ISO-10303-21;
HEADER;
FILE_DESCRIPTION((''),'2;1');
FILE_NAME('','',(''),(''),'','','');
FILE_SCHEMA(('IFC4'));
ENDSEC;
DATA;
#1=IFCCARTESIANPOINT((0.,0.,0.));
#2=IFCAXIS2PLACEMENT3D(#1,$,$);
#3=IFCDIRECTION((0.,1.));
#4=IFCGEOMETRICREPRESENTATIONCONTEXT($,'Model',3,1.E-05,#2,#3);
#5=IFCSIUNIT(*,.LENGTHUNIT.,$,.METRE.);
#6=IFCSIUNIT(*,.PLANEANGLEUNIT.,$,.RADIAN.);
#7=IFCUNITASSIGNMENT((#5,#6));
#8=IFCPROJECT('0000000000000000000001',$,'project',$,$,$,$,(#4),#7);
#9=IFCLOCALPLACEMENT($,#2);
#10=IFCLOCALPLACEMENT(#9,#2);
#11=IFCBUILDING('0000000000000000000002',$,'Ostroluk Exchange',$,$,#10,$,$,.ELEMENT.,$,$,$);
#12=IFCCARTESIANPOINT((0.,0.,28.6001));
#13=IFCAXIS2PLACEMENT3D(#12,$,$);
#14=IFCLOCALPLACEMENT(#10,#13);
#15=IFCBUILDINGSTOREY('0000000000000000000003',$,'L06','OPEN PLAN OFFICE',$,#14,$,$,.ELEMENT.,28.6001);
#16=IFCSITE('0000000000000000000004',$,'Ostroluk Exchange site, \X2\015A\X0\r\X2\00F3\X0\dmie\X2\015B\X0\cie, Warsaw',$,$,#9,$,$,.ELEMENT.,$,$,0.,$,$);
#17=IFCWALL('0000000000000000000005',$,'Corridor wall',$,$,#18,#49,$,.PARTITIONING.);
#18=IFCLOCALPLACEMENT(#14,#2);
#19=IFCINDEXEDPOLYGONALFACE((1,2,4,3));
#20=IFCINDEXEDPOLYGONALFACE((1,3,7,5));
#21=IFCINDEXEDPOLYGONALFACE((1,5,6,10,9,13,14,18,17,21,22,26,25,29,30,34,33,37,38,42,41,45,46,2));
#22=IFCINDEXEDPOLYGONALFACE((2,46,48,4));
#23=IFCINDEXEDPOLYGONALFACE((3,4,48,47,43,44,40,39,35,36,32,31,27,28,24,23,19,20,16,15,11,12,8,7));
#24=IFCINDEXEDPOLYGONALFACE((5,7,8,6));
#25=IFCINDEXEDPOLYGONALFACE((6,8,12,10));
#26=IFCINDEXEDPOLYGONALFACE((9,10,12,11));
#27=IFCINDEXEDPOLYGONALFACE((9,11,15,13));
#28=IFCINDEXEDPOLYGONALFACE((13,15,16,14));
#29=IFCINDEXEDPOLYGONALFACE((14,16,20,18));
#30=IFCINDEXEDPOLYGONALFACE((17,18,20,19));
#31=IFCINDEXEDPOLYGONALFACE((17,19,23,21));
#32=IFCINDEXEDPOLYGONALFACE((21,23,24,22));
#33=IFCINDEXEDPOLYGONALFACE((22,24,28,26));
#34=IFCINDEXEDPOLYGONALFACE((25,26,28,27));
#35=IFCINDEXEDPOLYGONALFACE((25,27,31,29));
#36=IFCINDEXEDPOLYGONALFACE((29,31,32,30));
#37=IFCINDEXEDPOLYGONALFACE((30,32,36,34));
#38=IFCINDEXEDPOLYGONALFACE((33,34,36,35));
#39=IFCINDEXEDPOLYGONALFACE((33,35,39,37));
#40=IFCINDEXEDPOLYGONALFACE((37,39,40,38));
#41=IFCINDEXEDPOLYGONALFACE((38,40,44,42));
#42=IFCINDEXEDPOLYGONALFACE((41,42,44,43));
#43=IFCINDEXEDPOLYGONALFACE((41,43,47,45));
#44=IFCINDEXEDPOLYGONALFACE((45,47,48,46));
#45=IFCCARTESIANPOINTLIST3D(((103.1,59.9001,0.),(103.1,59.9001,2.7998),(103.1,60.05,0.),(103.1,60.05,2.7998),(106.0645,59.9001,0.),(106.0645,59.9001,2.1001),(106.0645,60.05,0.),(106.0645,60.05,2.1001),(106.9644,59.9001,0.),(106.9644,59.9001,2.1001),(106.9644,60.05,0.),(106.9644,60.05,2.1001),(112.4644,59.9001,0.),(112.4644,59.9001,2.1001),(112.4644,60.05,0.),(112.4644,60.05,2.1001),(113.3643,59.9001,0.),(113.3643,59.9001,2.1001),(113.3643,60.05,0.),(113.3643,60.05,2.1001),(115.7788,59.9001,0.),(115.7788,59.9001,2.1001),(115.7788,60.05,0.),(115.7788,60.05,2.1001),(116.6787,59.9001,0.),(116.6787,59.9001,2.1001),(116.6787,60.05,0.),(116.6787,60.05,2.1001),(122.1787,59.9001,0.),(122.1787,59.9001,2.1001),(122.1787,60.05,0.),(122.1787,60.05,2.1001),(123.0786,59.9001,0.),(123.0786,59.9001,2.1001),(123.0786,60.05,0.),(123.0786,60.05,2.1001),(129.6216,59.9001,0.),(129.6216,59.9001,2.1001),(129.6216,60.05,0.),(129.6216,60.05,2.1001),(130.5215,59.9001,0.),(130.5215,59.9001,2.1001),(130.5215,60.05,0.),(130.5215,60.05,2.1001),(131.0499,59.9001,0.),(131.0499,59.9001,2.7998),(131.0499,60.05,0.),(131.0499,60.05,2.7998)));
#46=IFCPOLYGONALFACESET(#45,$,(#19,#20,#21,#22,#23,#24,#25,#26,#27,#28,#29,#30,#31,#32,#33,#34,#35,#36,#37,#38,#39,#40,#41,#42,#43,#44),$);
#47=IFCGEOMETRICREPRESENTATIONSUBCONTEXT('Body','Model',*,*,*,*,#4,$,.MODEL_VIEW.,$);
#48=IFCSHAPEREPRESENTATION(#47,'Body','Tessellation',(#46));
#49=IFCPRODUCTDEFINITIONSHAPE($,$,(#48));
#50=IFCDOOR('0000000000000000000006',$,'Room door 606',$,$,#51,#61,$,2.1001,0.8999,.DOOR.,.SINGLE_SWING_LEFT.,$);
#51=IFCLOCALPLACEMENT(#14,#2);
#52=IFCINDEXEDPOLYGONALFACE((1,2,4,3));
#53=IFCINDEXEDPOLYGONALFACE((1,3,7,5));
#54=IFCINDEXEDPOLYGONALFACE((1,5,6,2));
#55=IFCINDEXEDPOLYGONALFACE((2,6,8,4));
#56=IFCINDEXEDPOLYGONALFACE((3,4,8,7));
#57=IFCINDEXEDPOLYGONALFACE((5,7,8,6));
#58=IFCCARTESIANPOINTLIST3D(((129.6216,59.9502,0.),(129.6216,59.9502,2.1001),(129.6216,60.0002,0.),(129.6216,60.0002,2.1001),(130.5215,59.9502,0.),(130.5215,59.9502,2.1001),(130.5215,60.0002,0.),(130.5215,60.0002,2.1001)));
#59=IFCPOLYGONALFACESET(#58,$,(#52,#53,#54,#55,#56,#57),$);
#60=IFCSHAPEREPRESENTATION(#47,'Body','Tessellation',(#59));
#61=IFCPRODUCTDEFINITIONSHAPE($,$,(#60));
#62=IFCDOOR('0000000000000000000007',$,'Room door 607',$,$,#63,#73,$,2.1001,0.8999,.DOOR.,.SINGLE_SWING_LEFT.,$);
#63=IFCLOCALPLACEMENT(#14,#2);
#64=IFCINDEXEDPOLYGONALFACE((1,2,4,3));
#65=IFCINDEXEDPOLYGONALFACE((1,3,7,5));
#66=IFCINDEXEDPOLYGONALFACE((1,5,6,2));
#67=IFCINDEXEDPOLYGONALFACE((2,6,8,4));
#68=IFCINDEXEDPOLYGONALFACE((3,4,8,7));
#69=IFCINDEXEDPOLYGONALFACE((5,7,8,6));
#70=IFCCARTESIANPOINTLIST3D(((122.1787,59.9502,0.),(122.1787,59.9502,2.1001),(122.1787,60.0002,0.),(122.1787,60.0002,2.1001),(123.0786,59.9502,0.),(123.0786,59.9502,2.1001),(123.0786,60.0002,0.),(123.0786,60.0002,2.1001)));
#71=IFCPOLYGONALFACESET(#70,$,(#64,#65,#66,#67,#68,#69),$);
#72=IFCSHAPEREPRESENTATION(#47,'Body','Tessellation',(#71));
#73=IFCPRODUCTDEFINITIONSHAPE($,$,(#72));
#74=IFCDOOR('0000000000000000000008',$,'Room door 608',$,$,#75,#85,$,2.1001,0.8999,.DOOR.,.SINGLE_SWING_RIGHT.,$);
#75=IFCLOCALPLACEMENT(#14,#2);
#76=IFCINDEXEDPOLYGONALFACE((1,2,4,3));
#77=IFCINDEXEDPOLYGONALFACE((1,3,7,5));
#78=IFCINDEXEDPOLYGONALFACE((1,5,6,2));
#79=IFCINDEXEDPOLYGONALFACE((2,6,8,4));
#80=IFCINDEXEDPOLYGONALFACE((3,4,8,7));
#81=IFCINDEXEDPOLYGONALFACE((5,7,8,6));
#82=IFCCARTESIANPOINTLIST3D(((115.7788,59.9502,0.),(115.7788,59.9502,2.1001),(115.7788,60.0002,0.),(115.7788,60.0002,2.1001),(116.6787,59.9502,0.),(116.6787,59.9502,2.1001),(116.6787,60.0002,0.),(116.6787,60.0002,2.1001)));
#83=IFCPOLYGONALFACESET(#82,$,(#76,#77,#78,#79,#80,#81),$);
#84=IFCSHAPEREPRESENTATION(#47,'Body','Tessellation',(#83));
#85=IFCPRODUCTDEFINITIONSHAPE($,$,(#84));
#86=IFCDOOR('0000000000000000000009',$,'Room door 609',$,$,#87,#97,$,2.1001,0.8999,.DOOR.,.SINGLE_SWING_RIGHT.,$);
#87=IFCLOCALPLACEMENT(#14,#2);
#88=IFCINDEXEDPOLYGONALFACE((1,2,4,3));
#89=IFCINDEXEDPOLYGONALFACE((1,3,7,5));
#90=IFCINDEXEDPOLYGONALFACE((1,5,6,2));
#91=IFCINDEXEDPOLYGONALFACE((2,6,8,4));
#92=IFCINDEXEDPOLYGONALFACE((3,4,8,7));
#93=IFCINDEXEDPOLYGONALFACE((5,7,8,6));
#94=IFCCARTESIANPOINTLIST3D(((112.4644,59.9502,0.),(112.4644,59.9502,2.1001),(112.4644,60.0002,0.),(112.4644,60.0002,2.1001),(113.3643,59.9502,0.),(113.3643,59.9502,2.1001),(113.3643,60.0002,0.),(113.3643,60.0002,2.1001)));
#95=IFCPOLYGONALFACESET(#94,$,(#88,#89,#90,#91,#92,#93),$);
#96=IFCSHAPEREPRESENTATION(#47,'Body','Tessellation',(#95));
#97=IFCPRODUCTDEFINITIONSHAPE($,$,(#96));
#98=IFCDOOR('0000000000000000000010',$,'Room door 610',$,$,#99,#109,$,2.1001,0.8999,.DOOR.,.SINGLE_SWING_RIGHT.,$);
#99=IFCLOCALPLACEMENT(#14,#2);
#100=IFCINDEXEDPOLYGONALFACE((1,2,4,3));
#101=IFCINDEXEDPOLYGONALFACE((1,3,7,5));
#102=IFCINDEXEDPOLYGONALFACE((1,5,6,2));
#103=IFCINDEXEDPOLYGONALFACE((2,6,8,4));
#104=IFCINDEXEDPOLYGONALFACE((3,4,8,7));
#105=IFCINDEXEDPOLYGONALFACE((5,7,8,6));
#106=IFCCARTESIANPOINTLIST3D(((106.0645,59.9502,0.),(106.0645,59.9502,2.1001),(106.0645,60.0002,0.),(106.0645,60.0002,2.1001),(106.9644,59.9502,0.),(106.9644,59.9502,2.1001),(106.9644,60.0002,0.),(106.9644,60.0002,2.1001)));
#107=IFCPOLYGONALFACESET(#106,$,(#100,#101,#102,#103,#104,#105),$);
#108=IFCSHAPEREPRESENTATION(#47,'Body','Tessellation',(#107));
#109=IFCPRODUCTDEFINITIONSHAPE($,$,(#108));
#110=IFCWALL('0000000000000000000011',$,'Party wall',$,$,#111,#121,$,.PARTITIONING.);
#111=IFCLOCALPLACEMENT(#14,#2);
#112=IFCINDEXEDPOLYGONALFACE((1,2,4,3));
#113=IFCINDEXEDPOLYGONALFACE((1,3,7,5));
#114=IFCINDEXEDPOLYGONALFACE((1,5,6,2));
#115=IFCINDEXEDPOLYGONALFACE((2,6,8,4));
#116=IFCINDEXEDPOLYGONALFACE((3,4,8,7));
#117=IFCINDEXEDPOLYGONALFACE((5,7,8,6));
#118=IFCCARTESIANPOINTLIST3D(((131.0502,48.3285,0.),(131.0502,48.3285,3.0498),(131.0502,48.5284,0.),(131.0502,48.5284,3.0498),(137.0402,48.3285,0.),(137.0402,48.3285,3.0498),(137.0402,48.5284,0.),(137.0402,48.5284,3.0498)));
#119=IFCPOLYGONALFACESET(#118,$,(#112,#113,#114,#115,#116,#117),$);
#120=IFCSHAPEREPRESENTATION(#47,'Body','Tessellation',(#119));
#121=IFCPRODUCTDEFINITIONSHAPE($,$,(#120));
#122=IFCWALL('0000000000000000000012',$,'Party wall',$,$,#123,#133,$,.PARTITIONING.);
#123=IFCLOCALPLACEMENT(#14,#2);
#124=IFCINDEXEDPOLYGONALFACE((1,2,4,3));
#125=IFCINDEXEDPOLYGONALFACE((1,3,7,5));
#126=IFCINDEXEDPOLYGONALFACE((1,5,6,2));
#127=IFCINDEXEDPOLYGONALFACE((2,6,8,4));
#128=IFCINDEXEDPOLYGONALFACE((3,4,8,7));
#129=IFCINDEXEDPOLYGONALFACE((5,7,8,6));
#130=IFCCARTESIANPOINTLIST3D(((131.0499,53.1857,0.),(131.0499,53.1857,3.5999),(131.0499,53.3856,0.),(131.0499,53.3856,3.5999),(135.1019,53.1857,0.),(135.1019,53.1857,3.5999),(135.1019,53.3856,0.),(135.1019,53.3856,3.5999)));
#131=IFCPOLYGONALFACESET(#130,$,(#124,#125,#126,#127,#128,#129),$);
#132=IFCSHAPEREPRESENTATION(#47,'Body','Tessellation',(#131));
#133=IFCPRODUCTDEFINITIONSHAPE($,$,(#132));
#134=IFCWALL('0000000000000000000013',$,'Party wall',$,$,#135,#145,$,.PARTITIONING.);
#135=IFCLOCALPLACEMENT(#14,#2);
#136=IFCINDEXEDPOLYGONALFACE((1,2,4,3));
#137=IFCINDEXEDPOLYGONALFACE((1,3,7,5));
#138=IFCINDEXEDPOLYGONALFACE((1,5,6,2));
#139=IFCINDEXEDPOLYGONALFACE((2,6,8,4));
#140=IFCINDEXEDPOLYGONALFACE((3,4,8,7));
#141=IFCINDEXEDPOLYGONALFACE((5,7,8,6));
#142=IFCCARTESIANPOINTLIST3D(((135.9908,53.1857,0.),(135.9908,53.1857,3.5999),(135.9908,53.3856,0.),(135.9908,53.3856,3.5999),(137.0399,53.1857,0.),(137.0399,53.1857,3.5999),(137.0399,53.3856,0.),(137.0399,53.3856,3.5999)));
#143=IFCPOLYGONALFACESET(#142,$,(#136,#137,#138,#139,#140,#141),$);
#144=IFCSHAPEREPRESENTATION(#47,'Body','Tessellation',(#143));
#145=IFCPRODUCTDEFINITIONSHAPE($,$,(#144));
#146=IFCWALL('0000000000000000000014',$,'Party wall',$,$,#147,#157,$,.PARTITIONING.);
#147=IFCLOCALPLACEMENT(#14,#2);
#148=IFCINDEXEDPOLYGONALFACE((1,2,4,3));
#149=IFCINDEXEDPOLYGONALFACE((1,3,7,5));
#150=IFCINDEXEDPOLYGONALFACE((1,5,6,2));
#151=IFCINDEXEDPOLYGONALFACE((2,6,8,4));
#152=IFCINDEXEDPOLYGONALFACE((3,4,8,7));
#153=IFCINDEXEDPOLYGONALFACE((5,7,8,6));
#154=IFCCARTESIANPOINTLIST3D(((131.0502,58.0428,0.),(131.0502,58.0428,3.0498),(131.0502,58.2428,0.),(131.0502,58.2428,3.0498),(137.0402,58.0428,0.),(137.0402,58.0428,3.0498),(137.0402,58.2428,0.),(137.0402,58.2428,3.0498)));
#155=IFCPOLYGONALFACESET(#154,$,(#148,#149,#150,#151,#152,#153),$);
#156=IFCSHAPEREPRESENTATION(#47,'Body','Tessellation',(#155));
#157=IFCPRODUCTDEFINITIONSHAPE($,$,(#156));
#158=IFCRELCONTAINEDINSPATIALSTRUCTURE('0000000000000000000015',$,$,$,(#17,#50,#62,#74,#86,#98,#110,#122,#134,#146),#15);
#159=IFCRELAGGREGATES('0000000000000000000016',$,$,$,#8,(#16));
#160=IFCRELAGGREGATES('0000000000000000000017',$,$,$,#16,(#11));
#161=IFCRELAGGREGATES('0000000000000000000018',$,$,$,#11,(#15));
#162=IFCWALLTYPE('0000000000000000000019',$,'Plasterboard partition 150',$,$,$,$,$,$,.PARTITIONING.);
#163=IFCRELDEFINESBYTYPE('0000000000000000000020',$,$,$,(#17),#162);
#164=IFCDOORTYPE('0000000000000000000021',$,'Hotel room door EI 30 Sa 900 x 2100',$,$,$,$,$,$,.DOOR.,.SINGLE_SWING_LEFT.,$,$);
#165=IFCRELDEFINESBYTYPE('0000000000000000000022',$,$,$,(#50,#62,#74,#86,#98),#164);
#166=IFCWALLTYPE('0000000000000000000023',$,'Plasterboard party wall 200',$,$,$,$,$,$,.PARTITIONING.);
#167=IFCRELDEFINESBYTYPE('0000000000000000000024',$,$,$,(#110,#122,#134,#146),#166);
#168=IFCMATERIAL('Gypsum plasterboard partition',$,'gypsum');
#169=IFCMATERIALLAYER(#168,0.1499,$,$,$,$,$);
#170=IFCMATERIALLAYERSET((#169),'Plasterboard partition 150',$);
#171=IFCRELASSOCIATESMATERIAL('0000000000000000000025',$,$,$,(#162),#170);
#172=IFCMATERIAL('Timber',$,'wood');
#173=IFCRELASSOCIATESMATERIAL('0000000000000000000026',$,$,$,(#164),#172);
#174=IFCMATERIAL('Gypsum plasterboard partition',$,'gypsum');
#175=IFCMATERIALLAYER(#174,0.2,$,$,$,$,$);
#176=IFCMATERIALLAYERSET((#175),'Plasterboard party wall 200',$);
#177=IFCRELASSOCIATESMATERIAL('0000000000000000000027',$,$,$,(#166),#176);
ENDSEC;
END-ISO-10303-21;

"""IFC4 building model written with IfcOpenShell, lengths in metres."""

from ifc_helpers import new_model, si_unit, direction, frame, frame_2d, origin, place, context, subcontext, project, spatial, rectangle, extrude, material, layer, layer_set, type_object, element, fill, save


model = new_model("IFC4")

# Units and contexts
model_context = context("Model", 3, precision=1e-05, world=origin(), true_north=direction((0.0, 1.0)))
body_context = subcontext(model_context, "Body", "Model", "MODEL_VIEW")
ifc_project = project(units=[si_unit("LENGTHUNIT", "METRE"), si_unit("PLANEANGLEUNIT", "RADIAN")], contexts=[model_context])

# Site, building, storey
site_placement = place(None, origin())
site = spatial("IfcSite", under=ifc_project, at=site_placement, Name="Ostroluk Exchange site, Śródmieście, Warsaw", CompositionType="ELEMENT", RefElevation=0.0)
building_placement = place(site_placement, origin())
building = spatial("IfcBuilding", under=site, at=building_placement, Name="Ostroluk Exchange", CompositionType="ELEMENT")
storey_placement = place(building_placement, frame((0.0, 0.0, 28.6001)))
storey = spatial("IfcBuildingStorey", under=building, at=storey_placement, Name="L06", Description="OPEN PLAN OFFICE", CompositionType="ELEMENT", Elevation=28.6001)

# Wall, openings, doors
ifc_material_1 = material(Name="Gypsum plasterboard partition", Category="gypsum")
ifc_layer_1 = layer(ifc_material_1, 0.1499)
ifc_layer_set_1 = layer_set([ifc_layer_1], Name="Plasterboard partition 150")
wall_type_1 = type_object("IfcWallType", Name="Plasterboard partition 150", PredefinedType="PARTITIONING", material=ifc_layer_set_1)
wall_1_placement = place(storey_placement, frame((131.05, 59.9751, 0.0), z_axis=(0.0, 0.0, 1.0), x_axis=(-1.0, 0.0, 0.0)))
wall_1 = element("IfcWall", 1, at=wall_1_placement, inside=storey, type_object=wall_type_1, Name="Corridor wall", PredefinedType="PARTITIONING", context=body_context, shape_type="SweptSolid", body=[
    extrude(rectangle(XDim=27.95, YDim=0.1499, at=frame_2d((13.9751, 0.0))), origin(), (0.0, 0.0, 1.0), 2.7998),
])
opening_1_placement = place(wall_1_placement, frame((0.5286, 0.0, 0.0)))
opening_1 = element("IfcOpeningElement", 2, at=opening_1_placement, cuts=wall_1, PredefinedType="OPENING", context=body_context, shape_type="SweptSolid", body=[
    extrude(rectangle(XDim=0.8999, YDim=2.1001, at=frame_2d((0.45, 1.05))), frame((0.0, 0.085, 0.0), z_axis=(0.0, -1.0, 0.0), x_axis=(1.0, 0.0, 0.0)), (0.0, 0.0, 1.0), 0.1699),
])
opening_2_placement = place(wall_1_placement, frame((7.9714, 0.0, 0.0)))
opening_2 = element("IfcOpeningElement", 3, at=opening_2_placement, cuts=wall_1, PredefinedType="OPENING", context=body_context, shape_type="SweptSolid", body=[
    extrude(rectangle(XDim=0.8999, YDim=2.1001, at=frame_2d((0.45, 1.05))), frame((0.0, 0.085, 0.0), z_axis=(0.0, -1.0, 0.0), x_axis=(1.0, 0.0, 0.0)), (0.0, 0.0, 1.0), 0.1699),
])
opening_3_placement = place(wall_1_placement, frame((14.3713, 0.0, 0.0)))
opening_3 = element("IfcOpeningElement", 4, at=opening_3_placement, cuts=wall_1, PredefinedType="OPENING", context=body_context, shape_type="SweptSolid", body=[
    extrude(rectangle(XDim=0.8999, YDim=2.1001, at=frame_2d((0.45, 1.05))), frame((0.0, 0.085, 0.0), z_axis=(0.0, -1.0, 0.0), x_axis=(1.0, 0.0, 0.0)), (0.0, 0.0, 1.0), 0.1699),
])
opening_4_placement = place(wall_1_placement, frame((17.6858, 0.0, 0.0)))
opening_4 = element("IfcOpeningElement", 5, at=opening_4_placement, cuts=wall_1, PredefinedType="OPENING", context=body_context, shape_type="SweptSolid", body=[
    extrude(rectangle(XDim=0.8999, YDim=2.1001, at=frame_2d((0.45, 1.05))), frame((0.0, 0.085, 0.0), z_axis=(0.0, -1.0, 0.0), x_axis=(1.0, 0.0, 0.0)), (0.0, 0.0, 1.0), 0.1699),
])
opening_5_placement = place(wall_1_placement, frame((24.0857, 0.0, 0.0)))
opening_5 = element("IfcOpeningElement", 6, at=opening_5_placement, cuts=wall_1, PredefinedType="OPENING", context=body_context, shape_type="SweptSolid", body=[
    extrude(rectangle(XDim=0.8999, YDim=2.1001, at=frame_2d((0.45, 1.05))), frame((0.0, 0.085, 0.0), z_axis=(0.0, -1.0, 0.0), x_axis=(1.0, 0.0, 0.0)), (0.0, 0.0, 1.0), 0.1699),
])
ifc_material_2 = material(Name="Timber", Category="wood")
door_type_1 = type_object("IfcDoorType", Name="Hotel room door EI 30 Sa 900 x 2100", OperationType="SINGLE_SWING_LEFT", PredefinedType="DOOR", material=ifc_material_2)
door_1_placement = place(opening_1_placement, origin())
door_1 = element("IfcDoor", 7, at=door_1_placement, inside=storey, type_object=door_type_1, Name="Room door 606", OperationType="SINGLE_SWING_LEFT", OverallHeight=2.1001, OverallWidth=0.8999, PredefinedType="DOOR", context=body_context, shape_type="SweptSolid", body=[
    extrude(rectangle(XDim=0.8999, YDim=2.1001, at=frame_2d((0.45, 1.05))), frame((0.0, 0.0249, 0.0), z_axis=(0.0, -1.0, 0.0), x_axis=(1.0, 0.0, 0.0)), (0.0, 0.0, 1.0), 0.05),
])
fill(opening_1, door_1)
door_2_placement = place(opening_2_placement, origin())
door_2 = element("IfcDoor", 8, at=door_2_placement, inside=storey, type_object=door_type_1, Name="Room door 607", OperationType="SINGLE_SWING_LEFT", OverallHeight=2.1001, OverallWidth=0.8999, PredefinedType="DOOR", context=body_context, shape_type="SweptSolid", body=[
    extrude(rectangle(XDim=0.8999, YDim=2.1001, at=frame_2d((0.45, 1.05))), frame((0.0, 0.0249, 0.0), z_axis=(0.0, -1.0, 0.0), x_axis=(1.0, 0.0, 0.0)), (0.0, 0.0, 1.0), 0.05),
])
fill(opening_2, door_2)
door_3_placement = place(opening_3_placement, origin())
door_3 = element("IfcDoor", 9, at=door_3_placement, inside=storey, type_object=door_type_1, Name="Room door 608", OperationType="SINGLE_SWING_RIGHT", OverallHeight=2.1001, OverallWidth=0.8999, PredefinedType="DOOR", context=body_context, shape_type="SweptSolid", body=[
    extrude(rectangle(XDim=0.8999, YDim=2.1001, at=frame_2d((0.45, 1.05))), frame((0.0, 0.0249, 0.0), z_axis=(0.0, -1.0, 0.0), x_axis=(1.0, 0.0, 0.0)), (0.0, 0.0, 1.0), 0.05),
])
fill(opening_3, door_3)
door_4_placement = place(opening_4_placement, origin())
door_4 = element("IfcDoor", 10, at=door_4_placement, inside=storey, type_object=door_type_1, Name="Room door 609", OperationType="SINGLE_SWING_RIGHT", OverallHeight=2.1001, OverallWidth=0.8999, PredefinedType="DOOR", context=body_context, shape_type="SweptSolid", body=[
    extrude(rectangle(XDim=0.8999, YDim=2.1001, at=frame_2d((0.45, 1.05))), frame((0.0, 0.0249, 0.0), z_axis=(0.0, -1.0, 0.0), x_axis=(1.0, 0.0, 0.0)), (0.0, 0.0, 1.0), 0.05),
])
fill(opening_4, door_4)
door_5_placement = place(opening_5_placement, origin())
door_5 = element("IfcDoor", 11, at=door_5_placement, inside=storey, type_object=door_type_1, Name="Room door 610", OperationType="SINGLE_SWING_RIGHT", OverallHeight=2.1001, OverallWidth=0.8999, PredefinedType="DOOR", context=body_context, shape_type="SweptSolid", body=[
    extrude(rectangle(XDim=0.8999, YDim=2.1001, at=frame_2d((0.45, 1.05))), frame((0.0, 0.0249, 0.0), z_axis=(0.0, -1.0, 0.0), x_axis=(1.0, 0.0, 0.0)), (0.0, 0.0, 1.0), 0.05),
])
fill(opening_5, door_5)

# Walls
ifc_material_3 = material(Name="Gypsum plasterboard partition", Category="gypsum")
ifc_layer_2 = layer(ifc_material_3, 0.2)
ifc_layer_set_2 = layer_set([ifc_layer_2], Name="Plasterboard party wall 200")
wall_type_2 = type_object("IfcWallType", Name="Plasterboard party wall 200", PredefinedType="PARTITIONING", material=ifc_layer_set_2)
wall_2_placement = place(storey_placement, frame((131.05, 48.4285, 0.0), z_axis=(0.0, 0.0, 1.0), x_axis=(1.0, 0.0, 0.0)))
element("IfcWall", 12, at=wall_2_placement, inside=storey, type_object=wall_type_2, Name="Party wall", PredefinedType="PARTITIONING", context=body_context, shape_type="SweptSolid", body=[
    extrude(rectangle(XDim=5.99, YDim=0.2, at=frame_2d((2.9951, 0.0))), origin(), (0.0, 0.0, 1.0), 3.0498),
])
wall_3_placement = place(storey_placement, frame((131.05, 53.2856, 0.0), z_axis=(0.0, 0.0, 1.0), x_axis=(1.0, 0.0, 0.0)))
element("IfcWall", 13, at=wall_3_placement, inside=storey, type_object=wall_type_2, Name="Party wall", PredefinedType="PARTITIONING", context=body_context, shape_type="SweptSolid", body=[
    extrude(rectangle(XDim=4.052, YDim=0.2, at=frame_2d((2.0259, 0.0))), origin(), (0.0, 0.0, 1.0), 3.5999),
])
wall_4_placement = place(storey_placement, frame((135.991, 53.2856, 0.0), z_axis=(0.0, 0.0, 1.0), x_axis=(1.0, 0.0, 0.0)))
element("IfcWall", 14, at=wall_4_placement, inside=storey, type_object=wall_type_2, Name="Party wall", PredefinedType="PARTITIONING", context=body_context, shape_type="SweptSolid", body=[
    extrude(rectangle(XDim=1.0491, YDim=0.2, at=frame_2d((0.5244, 0.0))), origin(), (0.0, 0.0, 1.0), 3.5999),
])
wall_5_placement = place(storey_placement, frame((131.05, 58.1428, 0.0), z_axis=(0.0, 0.0, 1.0), x_axis=(1.0, 0.0, 0.0)))
element("IfcWall", 15, at=wall_5_placement, inside=storey, type_object=wall_type_2, Name="Party wall", PredefinedType="PARTITIONING", context=body_context, shape_type="SweptSolid", body=[
    extrude(rectangle(XDim=5.99, YDim=0.2, at=frame_2d((2.9951, 0.0))), origin(), (0.0, 0.0, 1.0), 3.0498),
])

save(model, "model.ifc")
